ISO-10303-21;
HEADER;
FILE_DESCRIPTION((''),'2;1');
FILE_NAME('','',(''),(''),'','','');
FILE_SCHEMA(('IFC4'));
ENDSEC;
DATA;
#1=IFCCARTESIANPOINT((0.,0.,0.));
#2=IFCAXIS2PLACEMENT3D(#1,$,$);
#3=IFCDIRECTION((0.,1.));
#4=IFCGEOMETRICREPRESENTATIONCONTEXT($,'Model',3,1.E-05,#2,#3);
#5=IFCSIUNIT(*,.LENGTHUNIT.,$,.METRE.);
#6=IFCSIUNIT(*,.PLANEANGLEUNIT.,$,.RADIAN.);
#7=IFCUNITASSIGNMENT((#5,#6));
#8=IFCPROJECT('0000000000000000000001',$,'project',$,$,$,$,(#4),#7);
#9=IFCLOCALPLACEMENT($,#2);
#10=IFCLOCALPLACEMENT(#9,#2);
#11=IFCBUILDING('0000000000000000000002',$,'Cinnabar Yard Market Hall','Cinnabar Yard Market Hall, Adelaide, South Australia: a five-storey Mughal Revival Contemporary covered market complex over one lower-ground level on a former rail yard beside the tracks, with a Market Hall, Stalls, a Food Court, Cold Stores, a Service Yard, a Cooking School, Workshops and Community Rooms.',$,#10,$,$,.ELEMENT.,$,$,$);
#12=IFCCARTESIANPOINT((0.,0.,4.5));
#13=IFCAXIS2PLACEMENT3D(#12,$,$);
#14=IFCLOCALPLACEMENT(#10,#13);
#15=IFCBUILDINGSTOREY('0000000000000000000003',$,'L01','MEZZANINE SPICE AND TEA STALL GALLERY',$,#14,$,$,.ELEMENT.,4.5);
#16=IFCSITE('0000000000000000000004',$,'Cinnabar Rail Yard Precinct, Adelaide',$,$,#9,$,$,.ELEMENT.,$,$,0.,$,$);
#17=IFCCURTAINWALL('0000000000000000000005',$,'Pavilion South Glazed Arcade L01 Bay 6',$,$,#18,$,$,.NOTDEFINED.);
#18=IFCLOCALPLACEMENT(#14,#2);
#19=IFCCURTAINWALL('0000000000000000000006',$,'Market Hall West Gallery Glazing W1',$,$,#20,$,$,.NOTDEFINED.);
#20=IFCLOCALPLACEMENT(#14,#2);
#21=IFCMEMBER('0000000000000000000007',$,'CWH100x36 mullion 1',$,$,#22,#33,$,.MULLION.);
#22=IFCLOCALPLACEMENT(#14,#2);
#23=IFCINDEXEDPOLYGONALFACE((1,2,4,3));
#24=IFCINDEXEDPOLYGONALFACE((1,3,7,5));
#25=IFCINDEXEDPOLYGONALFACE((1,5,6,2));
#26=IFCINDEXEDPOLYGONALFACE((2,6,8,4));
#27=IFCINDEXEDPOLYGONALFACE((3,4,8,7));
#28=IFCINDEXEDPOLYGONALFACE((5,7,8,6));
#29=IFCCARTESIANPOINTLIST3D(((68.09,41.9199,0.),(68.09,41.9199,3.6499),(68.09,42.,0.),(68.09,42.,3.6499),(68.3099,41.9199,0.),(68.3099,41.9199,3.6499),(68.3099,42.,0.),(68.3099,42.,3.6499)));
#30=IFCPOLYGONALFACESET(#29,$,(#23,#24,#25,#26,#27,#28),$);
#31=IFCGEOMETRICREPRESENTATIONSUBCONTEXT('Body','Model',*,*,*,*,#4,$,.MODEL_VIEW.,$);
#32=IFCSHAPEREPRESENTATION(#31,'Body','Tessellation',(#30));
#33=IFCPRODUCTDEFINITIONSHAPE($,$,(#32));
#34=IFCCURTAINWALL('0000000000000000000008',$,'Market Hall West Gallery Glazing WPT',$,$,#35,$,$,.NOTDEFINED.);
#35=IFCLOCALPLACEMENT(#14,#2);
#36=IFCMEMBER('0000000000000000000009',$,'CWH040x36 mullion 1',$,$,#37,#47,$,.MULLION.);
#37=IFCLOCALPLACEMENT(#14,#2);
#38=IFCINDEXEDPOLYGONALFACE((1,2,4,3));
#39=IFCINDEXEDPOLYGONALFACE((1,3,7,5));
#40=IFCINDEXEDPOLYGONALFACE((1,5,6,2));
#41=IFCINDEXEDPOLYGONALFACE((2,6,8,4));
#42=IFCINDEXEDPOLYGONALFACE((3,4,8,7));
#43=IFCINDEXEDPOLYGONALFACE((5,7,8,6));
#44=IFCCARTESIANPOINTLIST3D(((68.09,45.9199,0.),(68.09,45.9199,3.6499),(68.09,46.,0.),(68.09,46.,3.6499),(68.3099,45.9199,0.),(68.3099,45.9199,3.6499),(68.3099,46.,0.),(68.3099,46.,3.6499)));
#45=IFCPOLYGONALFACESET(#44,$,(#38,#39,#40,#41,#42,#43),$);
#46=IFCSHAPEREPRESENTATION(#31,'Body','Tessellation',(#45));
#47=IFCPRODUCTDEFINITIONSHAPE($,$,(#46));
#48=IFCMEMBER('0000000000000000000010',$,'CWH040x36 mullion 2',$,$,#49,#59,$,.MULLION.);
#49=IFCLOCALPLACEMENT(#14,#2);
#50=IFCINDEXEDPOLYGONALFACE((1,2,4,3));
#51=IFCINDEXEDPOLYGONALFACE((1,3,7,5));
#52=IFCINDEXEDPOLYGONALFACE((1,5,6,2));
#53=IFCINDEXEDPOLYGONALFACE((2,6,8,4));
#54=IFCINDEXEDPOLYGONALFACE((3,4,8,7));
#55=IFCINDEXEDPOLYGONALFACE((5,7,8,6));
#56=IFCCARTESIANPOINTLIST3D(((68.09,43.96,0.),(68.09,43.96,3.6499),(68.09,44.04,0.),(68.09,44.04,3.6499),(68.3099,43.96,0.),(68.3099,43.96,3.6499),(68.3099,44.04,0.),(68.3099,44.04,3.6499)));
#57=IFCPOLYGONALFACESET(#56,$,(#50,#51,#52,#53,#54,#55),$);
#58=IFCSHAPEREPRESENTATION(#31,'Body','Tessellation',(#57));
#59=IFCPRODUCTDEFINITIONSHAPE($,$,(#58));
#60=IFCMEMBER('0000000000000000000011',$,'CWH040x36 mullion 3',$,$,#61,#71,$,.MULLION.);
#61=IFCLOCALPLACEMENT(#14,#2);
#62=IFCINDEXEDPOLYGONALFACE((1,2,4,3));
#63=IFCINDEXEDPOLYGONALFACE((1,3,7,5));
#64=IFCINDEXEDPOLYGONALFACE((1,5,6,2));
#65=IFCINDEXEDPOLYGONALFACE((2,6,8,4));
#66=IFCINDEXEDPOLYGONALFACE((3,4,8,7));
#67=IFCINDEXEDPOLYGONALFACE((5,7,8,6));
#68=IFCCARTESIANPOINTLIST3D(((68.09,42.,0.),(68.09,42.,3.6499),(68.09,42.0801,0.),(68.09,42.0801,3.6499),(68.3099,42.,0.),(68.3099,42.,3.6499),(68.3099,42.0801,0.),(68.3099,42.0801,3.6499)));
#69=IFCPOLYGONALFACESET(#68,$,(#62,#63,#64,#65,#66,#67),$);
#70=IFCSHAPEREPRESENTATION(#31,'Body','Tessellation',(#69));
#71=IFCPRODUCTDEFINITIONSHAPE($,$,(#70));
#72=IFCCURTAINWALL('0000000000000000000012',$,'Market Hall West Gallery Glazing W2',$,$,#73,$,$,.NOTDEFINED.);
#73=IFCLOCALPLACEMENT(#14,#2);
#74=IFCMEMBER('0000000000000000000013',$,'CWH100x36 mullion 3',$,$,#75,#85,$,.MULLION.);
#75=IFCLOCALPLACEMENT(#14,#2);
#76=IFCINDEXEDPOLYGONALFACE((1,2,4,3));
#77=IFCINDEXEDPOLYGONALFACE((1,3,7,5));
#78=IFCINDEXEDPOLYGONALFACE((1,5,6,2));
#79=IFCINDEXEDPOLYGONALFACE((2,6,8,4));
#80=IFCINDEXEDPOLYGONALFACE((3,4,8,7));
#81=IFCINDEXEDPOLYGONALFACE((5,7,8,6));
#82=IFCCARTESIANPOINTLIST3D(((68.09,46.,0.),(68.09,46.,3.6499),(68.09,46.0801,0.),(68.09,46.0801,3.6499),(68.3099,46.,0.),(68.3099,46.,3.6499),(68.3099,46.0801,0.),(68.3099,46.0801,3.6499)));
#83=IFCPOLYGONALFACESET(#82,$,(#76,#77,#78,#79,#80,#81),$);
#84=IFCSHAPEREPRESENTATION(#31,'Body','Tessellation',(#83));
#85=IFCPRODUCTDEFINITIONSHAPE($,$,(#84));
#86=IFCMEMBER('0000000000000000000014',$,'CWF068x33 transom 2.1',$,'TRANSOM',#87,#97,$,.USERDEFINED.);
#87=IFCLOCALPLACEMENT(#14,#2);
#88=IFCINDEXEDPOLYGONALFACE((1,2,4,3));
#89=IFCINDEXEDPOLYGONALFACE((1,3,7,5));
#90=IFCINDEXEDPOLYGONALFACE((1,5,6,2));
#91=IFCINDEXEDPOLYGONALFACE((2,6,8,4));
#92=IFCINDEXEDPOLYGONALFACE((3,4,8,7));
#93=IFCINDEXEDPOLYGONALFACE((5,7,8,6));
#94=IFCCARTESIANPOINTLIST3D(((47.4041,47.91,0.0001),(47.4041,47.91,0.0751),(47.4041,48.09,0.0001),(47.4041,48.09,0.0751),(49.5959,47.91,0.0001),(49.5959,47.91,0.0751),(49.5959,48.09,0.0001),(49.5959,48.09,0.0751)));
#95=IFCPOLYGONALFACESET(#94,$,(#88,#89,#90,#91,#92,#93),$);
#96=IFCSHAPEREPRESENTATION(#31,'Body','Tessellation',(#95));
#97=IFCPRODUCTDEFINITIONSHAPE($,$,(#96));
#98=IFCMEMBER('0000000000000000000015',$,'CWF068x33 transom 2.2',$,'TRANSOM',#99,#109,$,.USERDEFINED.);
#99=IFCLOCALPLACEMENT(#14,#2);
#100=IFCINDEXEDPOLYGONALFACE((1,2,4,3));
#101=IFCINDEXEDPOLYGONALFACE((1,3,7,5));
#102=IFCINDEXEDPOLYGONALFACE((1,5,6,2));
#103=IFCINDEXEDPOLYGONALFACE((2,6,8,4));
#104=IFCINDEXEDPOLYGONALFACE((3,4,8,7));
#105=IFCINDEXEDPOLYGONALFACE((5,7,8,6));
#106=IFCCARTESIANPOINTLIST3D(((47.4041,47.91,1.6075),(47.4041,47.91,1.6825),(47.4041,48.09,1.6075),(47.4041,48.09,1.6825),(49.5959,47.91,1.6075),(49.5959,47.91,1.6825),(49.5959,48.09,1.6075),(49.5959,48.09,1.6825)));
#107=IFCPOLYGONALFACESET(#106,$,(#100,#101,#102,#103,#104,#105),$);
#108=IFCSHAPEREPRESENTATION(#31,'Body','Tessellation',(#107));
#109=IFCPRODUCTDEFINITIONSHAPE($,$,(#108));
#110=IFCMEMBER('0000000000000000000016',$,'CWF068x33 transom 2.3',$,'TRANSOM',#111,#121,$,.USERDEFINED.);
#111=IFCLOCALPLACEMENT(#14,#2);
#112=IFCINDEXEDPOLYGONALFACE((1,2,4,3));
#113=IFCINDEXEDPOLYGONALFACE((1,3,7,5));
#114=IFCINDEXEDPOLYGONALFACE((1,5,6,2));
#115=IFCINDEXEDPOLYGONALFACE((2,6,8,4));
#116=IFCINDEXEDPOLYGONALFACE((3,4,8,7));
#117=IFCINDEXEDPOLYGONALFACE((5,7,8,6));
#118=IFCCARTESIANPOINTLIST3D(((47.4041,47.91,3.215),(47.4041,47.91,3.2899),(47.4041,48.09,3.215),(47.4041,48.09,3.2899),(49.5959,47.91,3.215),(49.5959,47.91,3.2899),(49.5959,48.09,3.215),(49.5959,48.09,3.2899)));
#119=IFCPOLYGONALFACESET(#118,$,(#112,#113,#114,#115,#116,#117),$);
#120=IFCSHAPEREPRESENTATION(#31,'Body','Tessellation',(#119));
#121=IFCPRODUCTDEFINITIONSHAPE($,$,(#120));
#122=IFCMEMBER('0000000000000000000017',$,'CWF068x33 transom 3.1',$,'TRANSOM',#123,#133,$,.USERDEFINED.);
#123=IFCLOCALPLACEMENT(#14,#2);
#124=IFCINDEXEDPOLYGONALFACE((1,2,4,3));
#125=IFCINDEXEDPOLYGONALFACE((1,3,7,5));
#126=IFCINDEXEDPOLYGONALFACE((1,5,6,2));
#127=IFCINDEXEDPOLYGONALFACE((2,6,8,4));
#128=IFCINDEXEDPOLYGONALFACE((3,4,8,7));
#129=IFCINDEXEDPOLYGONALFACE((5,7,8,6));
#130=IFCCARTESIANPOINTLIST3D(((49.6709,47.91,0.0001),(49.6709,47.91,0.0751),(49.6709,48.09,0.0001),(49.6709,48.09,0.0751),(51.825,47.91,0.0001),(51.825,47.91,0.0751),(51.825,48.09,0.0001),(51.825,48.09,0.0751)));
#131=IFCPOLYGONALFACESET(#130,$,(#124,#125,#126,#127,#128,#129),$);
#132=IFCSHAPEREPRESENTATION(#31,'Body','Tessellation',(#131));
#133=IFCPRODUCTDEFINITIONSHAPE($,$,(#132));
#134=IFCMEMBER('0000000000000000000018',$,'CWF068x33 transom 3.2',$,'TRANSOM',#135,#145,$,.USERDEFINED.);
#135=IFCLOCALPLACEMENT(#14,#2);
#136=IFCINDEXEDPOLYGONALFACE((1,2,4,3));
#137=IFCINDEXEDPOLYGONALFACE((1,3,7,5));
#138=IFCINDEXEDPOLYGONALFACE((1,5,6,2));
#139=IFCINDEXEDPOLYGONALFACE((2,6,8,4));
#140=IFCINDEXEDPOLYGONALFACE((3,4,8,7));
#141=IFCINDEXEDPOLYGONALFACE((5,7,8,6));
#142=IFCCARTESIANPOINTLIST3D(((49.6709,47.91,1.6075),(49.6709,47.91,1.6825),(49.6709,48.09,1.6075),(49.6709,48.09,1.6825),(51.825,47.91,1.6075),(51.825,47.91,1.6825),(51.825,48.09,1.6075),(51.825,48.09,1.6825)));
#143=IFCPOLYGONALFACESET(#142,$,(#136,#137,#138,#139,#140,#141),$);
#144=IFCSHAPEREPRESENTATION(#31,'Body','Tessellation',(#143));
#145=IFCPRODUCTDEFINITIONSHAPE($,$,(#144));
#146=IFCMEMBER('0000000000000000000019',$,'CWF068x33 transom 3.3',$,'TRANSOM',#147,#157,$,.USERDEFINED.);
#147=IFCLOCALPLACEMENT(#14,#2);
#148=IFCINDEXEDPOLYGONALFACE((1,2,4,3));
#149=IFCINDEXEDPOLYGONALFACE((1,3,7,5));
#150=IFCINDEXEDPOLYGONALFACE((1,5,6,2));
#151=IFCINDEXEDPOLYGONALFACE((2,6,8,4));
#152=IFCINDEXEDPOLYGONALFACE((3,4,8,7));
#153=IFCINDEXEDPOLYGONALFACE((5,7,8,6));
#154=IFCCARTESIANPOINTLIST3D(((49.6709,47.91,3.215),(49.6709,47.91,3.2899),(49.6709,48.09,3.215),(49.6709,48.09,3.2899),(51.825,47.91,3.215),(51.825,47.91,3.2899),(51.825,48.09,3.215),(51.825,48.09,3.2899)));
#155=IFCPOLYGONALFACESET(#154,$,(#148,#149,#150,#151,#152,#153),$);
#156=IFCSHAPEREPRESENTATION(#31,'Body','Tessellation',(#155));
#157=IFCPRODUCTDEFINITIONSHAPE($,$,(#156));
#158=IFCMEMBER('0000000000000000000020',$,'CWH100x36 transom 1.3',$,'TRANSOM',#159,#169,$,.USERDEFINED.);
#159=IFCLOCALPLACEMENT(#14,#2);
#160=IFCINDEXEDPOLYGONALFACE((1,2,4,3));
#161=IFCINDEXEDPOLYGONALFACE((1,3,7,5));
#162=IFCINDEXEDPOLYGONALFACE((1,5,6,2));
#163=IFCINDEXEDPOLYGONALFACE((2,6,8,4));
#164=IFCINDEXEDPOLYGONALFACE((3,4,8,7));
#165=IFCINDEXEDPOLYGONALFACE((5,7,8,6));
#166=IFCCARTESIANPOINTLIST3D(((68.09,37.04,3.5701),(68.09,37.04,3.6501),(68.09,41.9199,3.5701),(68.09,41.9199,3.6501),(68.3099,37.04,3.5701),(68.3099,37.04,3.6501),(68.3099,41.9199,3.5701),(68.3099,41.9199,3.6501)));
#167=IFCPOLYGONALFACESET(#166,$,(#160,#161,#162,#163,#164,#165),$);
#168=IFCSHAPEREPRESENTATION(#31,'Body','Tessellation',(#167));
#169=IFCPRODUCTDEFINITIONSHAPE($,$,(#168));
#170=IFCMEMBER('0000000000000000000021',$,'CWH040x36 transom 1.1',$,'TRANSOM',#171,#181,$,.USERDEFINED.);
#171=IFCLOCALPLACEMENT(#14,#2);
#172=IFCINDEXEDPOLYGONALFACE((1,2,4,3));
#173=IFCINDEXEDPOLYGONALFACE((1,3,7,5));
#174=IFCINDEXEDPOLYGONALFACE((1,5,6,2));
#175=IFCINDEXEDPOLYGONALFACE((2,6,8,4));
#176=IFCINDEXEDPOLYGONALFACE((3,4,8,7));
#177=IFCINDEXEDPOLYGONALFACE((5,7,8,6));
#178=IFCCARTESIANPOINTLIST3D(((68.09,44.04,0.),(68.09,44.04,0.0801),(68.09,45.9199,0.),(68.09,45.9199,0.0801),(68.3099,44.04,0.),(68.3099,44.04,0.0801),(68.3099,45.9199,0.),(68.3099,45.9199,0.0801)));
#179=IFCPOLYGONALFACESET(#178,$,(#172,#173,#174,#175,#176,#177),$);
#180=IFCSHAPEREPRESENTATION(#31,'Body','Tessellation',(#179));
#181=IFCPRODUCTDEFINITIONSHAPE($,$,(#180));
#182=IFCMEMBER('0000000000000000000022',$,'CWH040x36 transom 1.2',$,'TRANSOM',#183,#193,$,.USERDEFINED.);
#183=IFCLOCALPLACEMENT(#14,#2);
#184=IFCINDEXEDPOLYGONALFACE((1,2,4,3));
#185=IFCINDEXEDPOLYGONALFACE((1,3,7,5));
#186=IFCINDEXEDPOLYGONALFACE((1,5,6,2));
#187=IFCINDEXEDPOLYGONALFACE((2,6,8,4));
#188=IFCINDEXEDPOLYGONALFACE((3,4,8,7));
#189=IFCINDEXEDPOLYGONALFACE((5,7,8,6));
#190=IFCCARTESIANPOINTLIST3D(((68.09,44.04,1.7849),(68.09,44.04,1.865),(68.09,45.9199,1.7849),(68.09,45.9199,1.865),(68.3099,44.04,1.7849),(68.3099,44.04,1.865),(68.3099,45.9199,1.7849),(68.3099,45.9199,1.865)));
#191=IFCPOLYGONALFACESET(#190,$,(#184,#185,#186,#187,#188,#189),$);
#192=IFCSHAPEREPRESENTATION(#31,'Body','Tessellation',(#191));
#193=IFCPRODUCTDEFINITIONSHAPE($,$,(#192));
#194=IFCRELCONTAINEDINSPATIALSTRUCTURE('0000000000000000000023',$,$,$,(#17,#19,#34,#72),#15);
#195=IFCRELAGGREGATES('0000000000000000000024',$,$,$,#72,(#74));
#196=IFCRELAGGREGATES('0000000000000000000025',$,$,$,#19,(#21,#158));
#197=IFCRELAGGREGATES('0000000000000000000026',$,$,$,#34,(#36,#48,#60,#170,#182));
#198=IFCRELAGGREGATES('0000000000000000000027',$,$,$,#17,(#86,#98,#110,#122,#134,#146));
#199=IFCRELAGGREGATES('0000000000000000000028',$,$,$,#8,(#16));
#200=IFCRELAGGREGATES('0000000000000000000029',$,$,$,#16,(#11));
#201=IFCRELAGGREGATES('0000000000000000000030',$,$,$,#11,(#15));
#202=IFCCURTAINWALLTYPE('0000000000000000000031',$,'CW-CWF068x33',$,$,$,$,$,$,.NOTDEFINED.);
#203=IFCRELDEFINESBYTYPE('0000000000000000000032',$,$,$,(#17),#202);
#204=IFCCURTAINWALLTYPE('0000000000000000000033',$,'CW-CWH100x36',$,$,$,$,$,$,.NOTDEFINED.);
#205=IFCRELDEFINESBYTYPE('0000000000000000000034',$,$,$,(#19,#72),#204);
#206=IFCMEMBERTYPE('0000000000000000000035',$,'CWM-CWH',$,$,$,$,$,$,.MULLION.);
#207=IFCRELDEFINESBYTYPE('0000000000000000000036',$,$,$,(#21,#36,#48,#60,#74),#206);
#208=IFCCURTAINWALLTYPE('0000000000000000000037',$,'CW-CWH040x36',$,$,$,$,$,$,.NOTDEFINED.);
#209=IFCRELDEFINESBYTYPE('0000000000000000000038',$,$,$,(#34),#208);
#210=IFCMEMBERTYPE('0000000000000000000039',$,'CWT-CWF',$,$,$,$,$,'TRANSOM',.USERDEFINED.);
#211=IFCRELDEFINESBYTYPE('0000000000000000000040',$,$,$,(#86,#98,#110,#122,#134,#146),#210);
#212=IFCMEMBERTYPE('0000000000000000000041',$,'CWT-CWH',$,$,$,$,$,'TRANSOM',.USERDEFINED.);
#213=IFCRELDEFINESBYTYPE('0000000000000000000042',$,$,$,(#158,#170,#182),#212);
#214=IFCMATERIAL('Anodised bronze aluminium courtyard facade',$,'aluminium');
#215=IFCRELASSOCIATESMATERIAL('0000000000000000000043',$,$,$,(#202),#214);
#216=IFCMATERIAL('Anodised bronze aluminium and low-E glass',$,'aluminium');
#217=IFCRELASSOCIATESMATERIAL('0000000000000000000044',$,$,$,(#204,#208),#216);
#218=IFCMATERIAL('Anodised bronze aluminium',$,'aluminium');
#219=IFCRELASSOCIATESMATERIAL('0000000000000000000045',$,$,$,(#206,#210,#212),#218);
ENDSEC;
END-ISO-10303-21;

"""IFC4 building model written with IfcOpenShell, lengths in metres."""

from ifc_helpers import new_model, si_unit, direction, frame, origin, origin_2d_with_axis, place, context, subcontext, project, spatial, rectangle, extrude, material, material_profile, profile_set, type_object, element, aggregate, save


model = new_model("IFC4")

# Units and contexts
model_context = context("Model", 3, precision=1e-05, world=origin(), true_north=direction((0.0, 1.0)))
body_context = subcontext(model_context, "Body", "Model", "MODEL_VIEW")
ifc_project = project(units=[si_unit("LENGTHUNIT", "METRE"), si_unit("PLANEANGLEUNIT", "RADIAN")], contexts=[model_context])

# Site, building, storey
site_placement = place(None, origin())
site = spatial("IfcSite", under=ifc_project, at=site_placement, Name="Cinnabar Rail Yard Precinct, Adelaide", CompositionType="ELEMENT", RefElevation=0.0)
building_placement = place(site_placement, origin())
building = spatial("IfcBuilding", under=site, at=building_placement, Name="Cinnabar Yard Market Hall", Description="Cinnabar Yard Market Hall, Adelaide, South Australia: a five-storey Mughal Revival Contemporary covered market complex over one lower-ground level on a former rail yard beside the tracks, with a Market Hall, Stalls, a Food Court, Cold Stores, a Service Yard, a Cooking School, Workshops and Community Rooms.", CompositionType="ELEMENT")
storey_placement = place(building_placement, frame((0.0, 0.0, 4.5)))
storey = spatial("IfcBuildingStorey", under=building, at=storey_placement, Name="L01", Description="MEZZANINE SPICE AND TEA STALL GALLERY", CompositionType="ELEMENT", Elevation=4.5)

# Curtain wall
ifc_material_1 = material(Name="Anodised bronze aluminium courtyard facade", Category="aluminium")
curtain_wall_type_1 = type_object("IfcCurtainWallType", Name="CW-CWF068x33", PredefinedType="NOTDEFINED", material=ifc_material_1)
curtain_wall_1_placement = place(storey_placement, origin())
curtain_wall_1 = element("IfcCurtainWall", 1, at=curtain_wall_1_placement, inside=storey, type_object=curtain_wall_type_1, Name="Pavilion South Glazed Arcade L01 Bay 6", PredefinedType="NOTDEFINED")
ifc_material_2 = material(Name="Anodised bronze aluminium", Category="aluminium")

# Curtain wall, member
ifc_material_3 = material(Name="Anodised bronze aluminium and low-E glass", Category="aluminium")
curtain_wall_type_2 = type_object("IfcCurtainWallType", Name="CW-CWH100x36", PredefinedType="NOTDEFINED", material=ifc_material_3)
curtain_wall_2_placement = place(storey_placement, origin())
curtain_wall_2 = element("IfcCurtainWall", 2, at=curtain_wall_2_placement, inside=storey, type_object=curtain_wall_type_2, Name="Market Hall West Gallery Glazing W1", PredefinedType="NOTDEFINED")
ifc_material_profile_1 = material_profile(ifc_material_2, rectangle(XDim=0.22, YDim=0.0801, at=origin_2d_with_axis()), Name="MUL-CWH")
ifc_profile_set_1 = profile_set([ifc_material_profile_1], Name="Anodised bronze aluminium")
member_type_1 = type_object("IfcMemberType", Name="CWM-CWH", PredefinedType="MULLION", material=ifc_profile_set_1)
member_1_placement = place(storey_placement, frame((68.2, 41.96, 0.0), z_axis=(0.0, 0.0, 1.0), x_axis=(1.0, 0.0, 0.0)))
member_1 = element("IfcMember", 3, at=member_1_placement, type_object=member_type_1, Name="CWH100x36 mullion 1", PredefinedType="MULLION", context=body_context, shape_type="SweptSolid", body=[
    extrude(rectangle(XDim=0.22, YDim=0.0801, at=origin_2d_with_axis()), origin(), (0.0, 0.0, 1.0), 3.6499),
])

# Curtain wall, members
curtain_wall_type_3 = type_object("IfcCurtainWallType", Name="CW-CWH040x36", PredefinedType="NOTDEFINED", material=ifc_material_3)
curtain_wall_3_placement = place(storey_placement, origin())
curtain_wall_3 = element("IfcCurtainWall", 4, at=curtain_wall_3_placement, inside=storey, type_object=curtain_wall_type_3, Name="Market Hall West Gallery Glazing WPT", PredefinedType="NOTDEFINED")
member_2_placement = place(storey_placement, frame((68.2, 45.96, 0.0), z_axis=(0.0, 0.0, 1.0), x_axis=(1.0, 0.0, 0.0)))
member_2 = element("IfcMember", 5, at=member_2_placement, type_object=member_type_1, Name="CWH040x36 mullion 1", PredefinedType="MULLION", context=body_context, shape_type="SweptSolid", body=[
    extrude(rectangle(XDim=0.22, YDim=0.0801, at=origin_2d_with_axis()), origin(), (0.0, 0.0, 1.0), 3.6499),
])
member_3_placement = place(storey_placement, frame((68.2, 44.0, 0.0), z_axis=(0.0, 0.0, 1.0), x_axis=(1.0, 0.0, 0.0)))
member_3 = element("IfcMember", 6, at=member_3_placement, type_object=member_type_1, Name="CWH040x36 mullion 2", PredefinedType="MULLION", context=body_context, shape_type="SweptSolid", body=[
    extrude(rectangle(XDim=0.22, YDim=0.0801, at=origin_2d_with_axis()), origin(), (0.0, 0.0, 1.0), 3.6499),
])
member_4_placement = place(storey_placement, frame((68.2, 42.04, 0.0), z_axis=(0.0, 0.0, 1.0), x_axis=(1.0, 0.0, 0.0)))
member_4 = element("IfcMember", 7, at=member_4_placement, type_object=member_type_1, Name="CWH040x36 mullion 3", PredefinedType="MULLION", context=body_context, shape_type="SweptSolid", body=[
    extrude(rectangle(XDim=0.22, YDim=0.0801, at=origin_2d_with_axis()), origin(), (0.0, 0.0, 1.0), 3.6499),
])

# Curtain wall, member
curtain_wall_4_placement = place(storey_placement, origin())
curtain_wall_4 = element("IfcCurtainWall", 8, at=curtain_wall_4_placement, inside=storey, type_object=curtain_wall_type_2, Name="Market Hall West Gallery Glazing W2", PredefinedType="NOTDEFINED")
member_5_placement = place(storey_placement, frame((68.2, 46.04, 0.0), z_axis=(0.0, 0.0, 1.0), x_axis=(1.0, 0.0, 0.0)))
member_5 = element("IfcMember", 9, at=member_5_placement, type_object=member_type_1, Name="CWH100x36 mullion 3", PredefinedType="MULLION", context=body_context, shape_type="SweptSolid", body=[
    extrude(rectangle(XDim=0.22, YDim=0.0801, at=origin_2d_with_axis()), origin(), (0.0, 0.0, 1.0), 3.6499),
])
aggregate(curtain_wall_4, [member_5])

# Members
ifc_material_profile_2 = material_profile(ifc_material_2, rectangle(XDim=0.1799, YDim=0.075, at=origin_2d_with_axis()), Name="TRN-CWF")
ifc_profile_set_2 = profile_set([ifc_material_profile_2], Name="Anodised bronze aluminium")
member_type_2 = type_object("IfcMemberType", Name="CWT-CWF", ElementType="TRANSOM", PredefinedType="USERDEFINED", material=ifc_profile_set_2)
member_6_placement = place(storey_placement, frame((47.4041, 48.0, 0.0376), z_axis=(1.0, 0.0, 0.0), x_axis=(0.0, 1.0, 0.0)))
member_6 = element("IfcMember", 10, at=member_6_placement, type_object=member_type_2, Name="CWF068x33 transom 2.1", ObjectType="TRANSOM", PredefinedType="USERDEFINED", context=body_context, shape_type="SweptSolid", body=[
    extrude(rectangle(XDim=0.1799, YDim=0.075, at=origin_2d_with_axis()), origin(), (0.0, 0.0, 1.0), 2.1919),
])
member_7_placement = place(storey_placement, frame((47.4041, 48.0, 1.645), z_axis=(1.0, 0.0, 0.0), x_axis=(0.0, 1.0, 0.0)))
member_7 = element("IfcMember", 11, at=member_7_placement, type_object=member_type_2, Name="CWF068x33 transom 2.2", ObjectType="TRANSOM", PredefinedType="USERDEFINED", context=body_context, shape_type="SweptSolid", body=[
    extrude(rectangle(XDim=0.1799, YDim=0.075, at=origin_2d_with_axis()), origin(), (0.0, 0.0, 1.0), 2.1919),
])
member_8_placement = place(storey_placement, frame((47.4041, 48.0, 3.2524), z_axis=(1.0, 0.0, 0.0), x_axis=(0.0, 1.0, 0.0)))
member_8 = element("IfcMember", 12, at=member_8_placement, type_object=member_type_2, Name="CWF068x33 transom 2.3", ObjectType="TRANSOM", PredefinedType="USERDEFINED", context=body_context, shape_type="SweptSolid", body=[
    extrude(rectangle(XDim=0.1799, YDim=0.075, at=origin_2d_with_axis()), origin(), (0.0, 0.0, 1.0), 2.1919),
])
member_9_placement = place(storey_placement, frame((49.6709, 48.0, 0.0376), z_axis=(1.0, 0.0, 0.0), x_axis=(0.0, 1.0, 0.0)))
member_9 = element("IfcMember", 13, at=member_9_placement, type_object=member_type_2, Name="CWF068x33 transom 3.1", ObjectType="TRANSOM", PredefinedType="USERDEFINED", context=body_context, shape_type="SweptSolid", body=[
    extrude(rectangle(XDim=0.1799, YDim=0.075, at=origin_2d_with_axis()), origin(), (0.0, 0.0, 1.0), 2.1541),
])
member_10_placement = place(storey_placement, frame((49.6709, 48.0, 1.645), z_axis=(1.0, 0.0, 0.0), x_axis=(0.0, 1.0, 0.0)))
member_10 = element("IfcMember", 14, at=member_10_placement, type_object=member_type_2, Name="CWF068x33 transom 3.2", ObjectType="TRANSOM", PredefinedType="USERDEFINED", context=body_context, shape_type="SweptSolid", body=[
    extrude(rectangle(XDim=0.1799, YDim=0.075, at=origin_2d_with_axis()), origin(), (0.0, 0.0, 1.0), 2.1541),
])
member_11_placement = place(storey_placement, frame((49.6709, 48.0, 3.2524), z_axis=(1.0, 0.0, 0.0), x_axis=(0.0, 1.0, 0.0)))
member_11 = element("IfcMember", 15, at=member_11_placement, type_object=member_type_2, Name="CWF068x33 transom 3.3", ObjectType="TRANSOM", PredefinedType="USERDEFINED", context=body_context, shape_type="SweptSolid", body=[
    extrude(rectangle(XDim=0.1799, YDim=0.075, at=origin_2d_with_axis()), origin(), (0.0, 0.0, 1.0), 2.1541),
])
ifc_material_profile_3 = material_profile(ifc_material_2, rectangle(XDim=0.22, YDim=0.0801, at=origin_2d_with_axis()), Name="TRN-CWH")
ifc_profile_set_3 = profile_set([ifc_material_profile_3], Name="Anodised bronze aluminium")
member_type_3 = type_object("IfcMemberType", Name="CWT-CWH", ElementType="TRANSOM", PredefinedType="USERDEFINED", material=ifc_profile_set_3)
member_12_placement = place(storey_placement, frame((68.2, 41.9199, 3.6101), z_axis=(0.0, -1.0, 0.0), x_axis=(1.0, 0.0, 0.0)))
member_12 = element("IfcMember", 16, at=member_12_placement, type_object=member_type_3, Name="CWH100x36 transom 1.3", ObjectType="TRANSOM", PredefinedType="USERDEFINED", context=body_context, shape_type="SweptSolid", body=[
    extrude(rectangle(XDim=0.22, YDim=0.0801, at=origin_2d_with_axis()), origin(), (0.0, 0.0, 1.0), 4.8799),
])
aggregate(curtain_wall_2, [member_1, member_12])
member_13_placement = place(storey_placement, frame((68.2, 45.9199, 0.04), z_axis=(0.0, -1.0, 0.0), x_axis=(1.0, 0.0, 0.0)))
member_13 = element("IfcMember", 17, at=member_13_placement, type_object=member_type_3, Name="CWH040x36 transom 1.1", ObjectType="TRANSOM", PredefinedType="USERDEFINED", context=body_context, shape_type="SweptSolid", body=[
    extrude(rectangle(XDim=0.22, YDim=0.0801, at=origin_2d_with_axis()), origin(), (0.0, 0.0, 1.0), 1.8799),
])
member_14_placement = place(storey_placement, frame((68.2, 45.9199, 1.825), z_axis=(0.0, -1.0, 0.0), x_axis=(1.0, 0.0, 0.0)))
member_14 = element("IfcMember", 18, at=member_14_placement, type_object=member_type_3, Name="CWH040x36 transom 1.2", ObjectType="TRANSOM", PredefinedType="USERDEFINED", context=body_context, shape_type="SweptSolid", body=[
    extrude(rectangle(XDim=0.22, YDim=0.0801, at=origin_2d_with_axis()), origin(), (0.0, 0.0, 1.0), 1.8799),
])

aggregate(curtain_wall_3, [member_2, member_3, member_4, member_13, member_14])
aggregate(curtain_wall_1, [member_6, member_7, member_8, member_9, member_10, member_11])

save(model, "model.ifc")
